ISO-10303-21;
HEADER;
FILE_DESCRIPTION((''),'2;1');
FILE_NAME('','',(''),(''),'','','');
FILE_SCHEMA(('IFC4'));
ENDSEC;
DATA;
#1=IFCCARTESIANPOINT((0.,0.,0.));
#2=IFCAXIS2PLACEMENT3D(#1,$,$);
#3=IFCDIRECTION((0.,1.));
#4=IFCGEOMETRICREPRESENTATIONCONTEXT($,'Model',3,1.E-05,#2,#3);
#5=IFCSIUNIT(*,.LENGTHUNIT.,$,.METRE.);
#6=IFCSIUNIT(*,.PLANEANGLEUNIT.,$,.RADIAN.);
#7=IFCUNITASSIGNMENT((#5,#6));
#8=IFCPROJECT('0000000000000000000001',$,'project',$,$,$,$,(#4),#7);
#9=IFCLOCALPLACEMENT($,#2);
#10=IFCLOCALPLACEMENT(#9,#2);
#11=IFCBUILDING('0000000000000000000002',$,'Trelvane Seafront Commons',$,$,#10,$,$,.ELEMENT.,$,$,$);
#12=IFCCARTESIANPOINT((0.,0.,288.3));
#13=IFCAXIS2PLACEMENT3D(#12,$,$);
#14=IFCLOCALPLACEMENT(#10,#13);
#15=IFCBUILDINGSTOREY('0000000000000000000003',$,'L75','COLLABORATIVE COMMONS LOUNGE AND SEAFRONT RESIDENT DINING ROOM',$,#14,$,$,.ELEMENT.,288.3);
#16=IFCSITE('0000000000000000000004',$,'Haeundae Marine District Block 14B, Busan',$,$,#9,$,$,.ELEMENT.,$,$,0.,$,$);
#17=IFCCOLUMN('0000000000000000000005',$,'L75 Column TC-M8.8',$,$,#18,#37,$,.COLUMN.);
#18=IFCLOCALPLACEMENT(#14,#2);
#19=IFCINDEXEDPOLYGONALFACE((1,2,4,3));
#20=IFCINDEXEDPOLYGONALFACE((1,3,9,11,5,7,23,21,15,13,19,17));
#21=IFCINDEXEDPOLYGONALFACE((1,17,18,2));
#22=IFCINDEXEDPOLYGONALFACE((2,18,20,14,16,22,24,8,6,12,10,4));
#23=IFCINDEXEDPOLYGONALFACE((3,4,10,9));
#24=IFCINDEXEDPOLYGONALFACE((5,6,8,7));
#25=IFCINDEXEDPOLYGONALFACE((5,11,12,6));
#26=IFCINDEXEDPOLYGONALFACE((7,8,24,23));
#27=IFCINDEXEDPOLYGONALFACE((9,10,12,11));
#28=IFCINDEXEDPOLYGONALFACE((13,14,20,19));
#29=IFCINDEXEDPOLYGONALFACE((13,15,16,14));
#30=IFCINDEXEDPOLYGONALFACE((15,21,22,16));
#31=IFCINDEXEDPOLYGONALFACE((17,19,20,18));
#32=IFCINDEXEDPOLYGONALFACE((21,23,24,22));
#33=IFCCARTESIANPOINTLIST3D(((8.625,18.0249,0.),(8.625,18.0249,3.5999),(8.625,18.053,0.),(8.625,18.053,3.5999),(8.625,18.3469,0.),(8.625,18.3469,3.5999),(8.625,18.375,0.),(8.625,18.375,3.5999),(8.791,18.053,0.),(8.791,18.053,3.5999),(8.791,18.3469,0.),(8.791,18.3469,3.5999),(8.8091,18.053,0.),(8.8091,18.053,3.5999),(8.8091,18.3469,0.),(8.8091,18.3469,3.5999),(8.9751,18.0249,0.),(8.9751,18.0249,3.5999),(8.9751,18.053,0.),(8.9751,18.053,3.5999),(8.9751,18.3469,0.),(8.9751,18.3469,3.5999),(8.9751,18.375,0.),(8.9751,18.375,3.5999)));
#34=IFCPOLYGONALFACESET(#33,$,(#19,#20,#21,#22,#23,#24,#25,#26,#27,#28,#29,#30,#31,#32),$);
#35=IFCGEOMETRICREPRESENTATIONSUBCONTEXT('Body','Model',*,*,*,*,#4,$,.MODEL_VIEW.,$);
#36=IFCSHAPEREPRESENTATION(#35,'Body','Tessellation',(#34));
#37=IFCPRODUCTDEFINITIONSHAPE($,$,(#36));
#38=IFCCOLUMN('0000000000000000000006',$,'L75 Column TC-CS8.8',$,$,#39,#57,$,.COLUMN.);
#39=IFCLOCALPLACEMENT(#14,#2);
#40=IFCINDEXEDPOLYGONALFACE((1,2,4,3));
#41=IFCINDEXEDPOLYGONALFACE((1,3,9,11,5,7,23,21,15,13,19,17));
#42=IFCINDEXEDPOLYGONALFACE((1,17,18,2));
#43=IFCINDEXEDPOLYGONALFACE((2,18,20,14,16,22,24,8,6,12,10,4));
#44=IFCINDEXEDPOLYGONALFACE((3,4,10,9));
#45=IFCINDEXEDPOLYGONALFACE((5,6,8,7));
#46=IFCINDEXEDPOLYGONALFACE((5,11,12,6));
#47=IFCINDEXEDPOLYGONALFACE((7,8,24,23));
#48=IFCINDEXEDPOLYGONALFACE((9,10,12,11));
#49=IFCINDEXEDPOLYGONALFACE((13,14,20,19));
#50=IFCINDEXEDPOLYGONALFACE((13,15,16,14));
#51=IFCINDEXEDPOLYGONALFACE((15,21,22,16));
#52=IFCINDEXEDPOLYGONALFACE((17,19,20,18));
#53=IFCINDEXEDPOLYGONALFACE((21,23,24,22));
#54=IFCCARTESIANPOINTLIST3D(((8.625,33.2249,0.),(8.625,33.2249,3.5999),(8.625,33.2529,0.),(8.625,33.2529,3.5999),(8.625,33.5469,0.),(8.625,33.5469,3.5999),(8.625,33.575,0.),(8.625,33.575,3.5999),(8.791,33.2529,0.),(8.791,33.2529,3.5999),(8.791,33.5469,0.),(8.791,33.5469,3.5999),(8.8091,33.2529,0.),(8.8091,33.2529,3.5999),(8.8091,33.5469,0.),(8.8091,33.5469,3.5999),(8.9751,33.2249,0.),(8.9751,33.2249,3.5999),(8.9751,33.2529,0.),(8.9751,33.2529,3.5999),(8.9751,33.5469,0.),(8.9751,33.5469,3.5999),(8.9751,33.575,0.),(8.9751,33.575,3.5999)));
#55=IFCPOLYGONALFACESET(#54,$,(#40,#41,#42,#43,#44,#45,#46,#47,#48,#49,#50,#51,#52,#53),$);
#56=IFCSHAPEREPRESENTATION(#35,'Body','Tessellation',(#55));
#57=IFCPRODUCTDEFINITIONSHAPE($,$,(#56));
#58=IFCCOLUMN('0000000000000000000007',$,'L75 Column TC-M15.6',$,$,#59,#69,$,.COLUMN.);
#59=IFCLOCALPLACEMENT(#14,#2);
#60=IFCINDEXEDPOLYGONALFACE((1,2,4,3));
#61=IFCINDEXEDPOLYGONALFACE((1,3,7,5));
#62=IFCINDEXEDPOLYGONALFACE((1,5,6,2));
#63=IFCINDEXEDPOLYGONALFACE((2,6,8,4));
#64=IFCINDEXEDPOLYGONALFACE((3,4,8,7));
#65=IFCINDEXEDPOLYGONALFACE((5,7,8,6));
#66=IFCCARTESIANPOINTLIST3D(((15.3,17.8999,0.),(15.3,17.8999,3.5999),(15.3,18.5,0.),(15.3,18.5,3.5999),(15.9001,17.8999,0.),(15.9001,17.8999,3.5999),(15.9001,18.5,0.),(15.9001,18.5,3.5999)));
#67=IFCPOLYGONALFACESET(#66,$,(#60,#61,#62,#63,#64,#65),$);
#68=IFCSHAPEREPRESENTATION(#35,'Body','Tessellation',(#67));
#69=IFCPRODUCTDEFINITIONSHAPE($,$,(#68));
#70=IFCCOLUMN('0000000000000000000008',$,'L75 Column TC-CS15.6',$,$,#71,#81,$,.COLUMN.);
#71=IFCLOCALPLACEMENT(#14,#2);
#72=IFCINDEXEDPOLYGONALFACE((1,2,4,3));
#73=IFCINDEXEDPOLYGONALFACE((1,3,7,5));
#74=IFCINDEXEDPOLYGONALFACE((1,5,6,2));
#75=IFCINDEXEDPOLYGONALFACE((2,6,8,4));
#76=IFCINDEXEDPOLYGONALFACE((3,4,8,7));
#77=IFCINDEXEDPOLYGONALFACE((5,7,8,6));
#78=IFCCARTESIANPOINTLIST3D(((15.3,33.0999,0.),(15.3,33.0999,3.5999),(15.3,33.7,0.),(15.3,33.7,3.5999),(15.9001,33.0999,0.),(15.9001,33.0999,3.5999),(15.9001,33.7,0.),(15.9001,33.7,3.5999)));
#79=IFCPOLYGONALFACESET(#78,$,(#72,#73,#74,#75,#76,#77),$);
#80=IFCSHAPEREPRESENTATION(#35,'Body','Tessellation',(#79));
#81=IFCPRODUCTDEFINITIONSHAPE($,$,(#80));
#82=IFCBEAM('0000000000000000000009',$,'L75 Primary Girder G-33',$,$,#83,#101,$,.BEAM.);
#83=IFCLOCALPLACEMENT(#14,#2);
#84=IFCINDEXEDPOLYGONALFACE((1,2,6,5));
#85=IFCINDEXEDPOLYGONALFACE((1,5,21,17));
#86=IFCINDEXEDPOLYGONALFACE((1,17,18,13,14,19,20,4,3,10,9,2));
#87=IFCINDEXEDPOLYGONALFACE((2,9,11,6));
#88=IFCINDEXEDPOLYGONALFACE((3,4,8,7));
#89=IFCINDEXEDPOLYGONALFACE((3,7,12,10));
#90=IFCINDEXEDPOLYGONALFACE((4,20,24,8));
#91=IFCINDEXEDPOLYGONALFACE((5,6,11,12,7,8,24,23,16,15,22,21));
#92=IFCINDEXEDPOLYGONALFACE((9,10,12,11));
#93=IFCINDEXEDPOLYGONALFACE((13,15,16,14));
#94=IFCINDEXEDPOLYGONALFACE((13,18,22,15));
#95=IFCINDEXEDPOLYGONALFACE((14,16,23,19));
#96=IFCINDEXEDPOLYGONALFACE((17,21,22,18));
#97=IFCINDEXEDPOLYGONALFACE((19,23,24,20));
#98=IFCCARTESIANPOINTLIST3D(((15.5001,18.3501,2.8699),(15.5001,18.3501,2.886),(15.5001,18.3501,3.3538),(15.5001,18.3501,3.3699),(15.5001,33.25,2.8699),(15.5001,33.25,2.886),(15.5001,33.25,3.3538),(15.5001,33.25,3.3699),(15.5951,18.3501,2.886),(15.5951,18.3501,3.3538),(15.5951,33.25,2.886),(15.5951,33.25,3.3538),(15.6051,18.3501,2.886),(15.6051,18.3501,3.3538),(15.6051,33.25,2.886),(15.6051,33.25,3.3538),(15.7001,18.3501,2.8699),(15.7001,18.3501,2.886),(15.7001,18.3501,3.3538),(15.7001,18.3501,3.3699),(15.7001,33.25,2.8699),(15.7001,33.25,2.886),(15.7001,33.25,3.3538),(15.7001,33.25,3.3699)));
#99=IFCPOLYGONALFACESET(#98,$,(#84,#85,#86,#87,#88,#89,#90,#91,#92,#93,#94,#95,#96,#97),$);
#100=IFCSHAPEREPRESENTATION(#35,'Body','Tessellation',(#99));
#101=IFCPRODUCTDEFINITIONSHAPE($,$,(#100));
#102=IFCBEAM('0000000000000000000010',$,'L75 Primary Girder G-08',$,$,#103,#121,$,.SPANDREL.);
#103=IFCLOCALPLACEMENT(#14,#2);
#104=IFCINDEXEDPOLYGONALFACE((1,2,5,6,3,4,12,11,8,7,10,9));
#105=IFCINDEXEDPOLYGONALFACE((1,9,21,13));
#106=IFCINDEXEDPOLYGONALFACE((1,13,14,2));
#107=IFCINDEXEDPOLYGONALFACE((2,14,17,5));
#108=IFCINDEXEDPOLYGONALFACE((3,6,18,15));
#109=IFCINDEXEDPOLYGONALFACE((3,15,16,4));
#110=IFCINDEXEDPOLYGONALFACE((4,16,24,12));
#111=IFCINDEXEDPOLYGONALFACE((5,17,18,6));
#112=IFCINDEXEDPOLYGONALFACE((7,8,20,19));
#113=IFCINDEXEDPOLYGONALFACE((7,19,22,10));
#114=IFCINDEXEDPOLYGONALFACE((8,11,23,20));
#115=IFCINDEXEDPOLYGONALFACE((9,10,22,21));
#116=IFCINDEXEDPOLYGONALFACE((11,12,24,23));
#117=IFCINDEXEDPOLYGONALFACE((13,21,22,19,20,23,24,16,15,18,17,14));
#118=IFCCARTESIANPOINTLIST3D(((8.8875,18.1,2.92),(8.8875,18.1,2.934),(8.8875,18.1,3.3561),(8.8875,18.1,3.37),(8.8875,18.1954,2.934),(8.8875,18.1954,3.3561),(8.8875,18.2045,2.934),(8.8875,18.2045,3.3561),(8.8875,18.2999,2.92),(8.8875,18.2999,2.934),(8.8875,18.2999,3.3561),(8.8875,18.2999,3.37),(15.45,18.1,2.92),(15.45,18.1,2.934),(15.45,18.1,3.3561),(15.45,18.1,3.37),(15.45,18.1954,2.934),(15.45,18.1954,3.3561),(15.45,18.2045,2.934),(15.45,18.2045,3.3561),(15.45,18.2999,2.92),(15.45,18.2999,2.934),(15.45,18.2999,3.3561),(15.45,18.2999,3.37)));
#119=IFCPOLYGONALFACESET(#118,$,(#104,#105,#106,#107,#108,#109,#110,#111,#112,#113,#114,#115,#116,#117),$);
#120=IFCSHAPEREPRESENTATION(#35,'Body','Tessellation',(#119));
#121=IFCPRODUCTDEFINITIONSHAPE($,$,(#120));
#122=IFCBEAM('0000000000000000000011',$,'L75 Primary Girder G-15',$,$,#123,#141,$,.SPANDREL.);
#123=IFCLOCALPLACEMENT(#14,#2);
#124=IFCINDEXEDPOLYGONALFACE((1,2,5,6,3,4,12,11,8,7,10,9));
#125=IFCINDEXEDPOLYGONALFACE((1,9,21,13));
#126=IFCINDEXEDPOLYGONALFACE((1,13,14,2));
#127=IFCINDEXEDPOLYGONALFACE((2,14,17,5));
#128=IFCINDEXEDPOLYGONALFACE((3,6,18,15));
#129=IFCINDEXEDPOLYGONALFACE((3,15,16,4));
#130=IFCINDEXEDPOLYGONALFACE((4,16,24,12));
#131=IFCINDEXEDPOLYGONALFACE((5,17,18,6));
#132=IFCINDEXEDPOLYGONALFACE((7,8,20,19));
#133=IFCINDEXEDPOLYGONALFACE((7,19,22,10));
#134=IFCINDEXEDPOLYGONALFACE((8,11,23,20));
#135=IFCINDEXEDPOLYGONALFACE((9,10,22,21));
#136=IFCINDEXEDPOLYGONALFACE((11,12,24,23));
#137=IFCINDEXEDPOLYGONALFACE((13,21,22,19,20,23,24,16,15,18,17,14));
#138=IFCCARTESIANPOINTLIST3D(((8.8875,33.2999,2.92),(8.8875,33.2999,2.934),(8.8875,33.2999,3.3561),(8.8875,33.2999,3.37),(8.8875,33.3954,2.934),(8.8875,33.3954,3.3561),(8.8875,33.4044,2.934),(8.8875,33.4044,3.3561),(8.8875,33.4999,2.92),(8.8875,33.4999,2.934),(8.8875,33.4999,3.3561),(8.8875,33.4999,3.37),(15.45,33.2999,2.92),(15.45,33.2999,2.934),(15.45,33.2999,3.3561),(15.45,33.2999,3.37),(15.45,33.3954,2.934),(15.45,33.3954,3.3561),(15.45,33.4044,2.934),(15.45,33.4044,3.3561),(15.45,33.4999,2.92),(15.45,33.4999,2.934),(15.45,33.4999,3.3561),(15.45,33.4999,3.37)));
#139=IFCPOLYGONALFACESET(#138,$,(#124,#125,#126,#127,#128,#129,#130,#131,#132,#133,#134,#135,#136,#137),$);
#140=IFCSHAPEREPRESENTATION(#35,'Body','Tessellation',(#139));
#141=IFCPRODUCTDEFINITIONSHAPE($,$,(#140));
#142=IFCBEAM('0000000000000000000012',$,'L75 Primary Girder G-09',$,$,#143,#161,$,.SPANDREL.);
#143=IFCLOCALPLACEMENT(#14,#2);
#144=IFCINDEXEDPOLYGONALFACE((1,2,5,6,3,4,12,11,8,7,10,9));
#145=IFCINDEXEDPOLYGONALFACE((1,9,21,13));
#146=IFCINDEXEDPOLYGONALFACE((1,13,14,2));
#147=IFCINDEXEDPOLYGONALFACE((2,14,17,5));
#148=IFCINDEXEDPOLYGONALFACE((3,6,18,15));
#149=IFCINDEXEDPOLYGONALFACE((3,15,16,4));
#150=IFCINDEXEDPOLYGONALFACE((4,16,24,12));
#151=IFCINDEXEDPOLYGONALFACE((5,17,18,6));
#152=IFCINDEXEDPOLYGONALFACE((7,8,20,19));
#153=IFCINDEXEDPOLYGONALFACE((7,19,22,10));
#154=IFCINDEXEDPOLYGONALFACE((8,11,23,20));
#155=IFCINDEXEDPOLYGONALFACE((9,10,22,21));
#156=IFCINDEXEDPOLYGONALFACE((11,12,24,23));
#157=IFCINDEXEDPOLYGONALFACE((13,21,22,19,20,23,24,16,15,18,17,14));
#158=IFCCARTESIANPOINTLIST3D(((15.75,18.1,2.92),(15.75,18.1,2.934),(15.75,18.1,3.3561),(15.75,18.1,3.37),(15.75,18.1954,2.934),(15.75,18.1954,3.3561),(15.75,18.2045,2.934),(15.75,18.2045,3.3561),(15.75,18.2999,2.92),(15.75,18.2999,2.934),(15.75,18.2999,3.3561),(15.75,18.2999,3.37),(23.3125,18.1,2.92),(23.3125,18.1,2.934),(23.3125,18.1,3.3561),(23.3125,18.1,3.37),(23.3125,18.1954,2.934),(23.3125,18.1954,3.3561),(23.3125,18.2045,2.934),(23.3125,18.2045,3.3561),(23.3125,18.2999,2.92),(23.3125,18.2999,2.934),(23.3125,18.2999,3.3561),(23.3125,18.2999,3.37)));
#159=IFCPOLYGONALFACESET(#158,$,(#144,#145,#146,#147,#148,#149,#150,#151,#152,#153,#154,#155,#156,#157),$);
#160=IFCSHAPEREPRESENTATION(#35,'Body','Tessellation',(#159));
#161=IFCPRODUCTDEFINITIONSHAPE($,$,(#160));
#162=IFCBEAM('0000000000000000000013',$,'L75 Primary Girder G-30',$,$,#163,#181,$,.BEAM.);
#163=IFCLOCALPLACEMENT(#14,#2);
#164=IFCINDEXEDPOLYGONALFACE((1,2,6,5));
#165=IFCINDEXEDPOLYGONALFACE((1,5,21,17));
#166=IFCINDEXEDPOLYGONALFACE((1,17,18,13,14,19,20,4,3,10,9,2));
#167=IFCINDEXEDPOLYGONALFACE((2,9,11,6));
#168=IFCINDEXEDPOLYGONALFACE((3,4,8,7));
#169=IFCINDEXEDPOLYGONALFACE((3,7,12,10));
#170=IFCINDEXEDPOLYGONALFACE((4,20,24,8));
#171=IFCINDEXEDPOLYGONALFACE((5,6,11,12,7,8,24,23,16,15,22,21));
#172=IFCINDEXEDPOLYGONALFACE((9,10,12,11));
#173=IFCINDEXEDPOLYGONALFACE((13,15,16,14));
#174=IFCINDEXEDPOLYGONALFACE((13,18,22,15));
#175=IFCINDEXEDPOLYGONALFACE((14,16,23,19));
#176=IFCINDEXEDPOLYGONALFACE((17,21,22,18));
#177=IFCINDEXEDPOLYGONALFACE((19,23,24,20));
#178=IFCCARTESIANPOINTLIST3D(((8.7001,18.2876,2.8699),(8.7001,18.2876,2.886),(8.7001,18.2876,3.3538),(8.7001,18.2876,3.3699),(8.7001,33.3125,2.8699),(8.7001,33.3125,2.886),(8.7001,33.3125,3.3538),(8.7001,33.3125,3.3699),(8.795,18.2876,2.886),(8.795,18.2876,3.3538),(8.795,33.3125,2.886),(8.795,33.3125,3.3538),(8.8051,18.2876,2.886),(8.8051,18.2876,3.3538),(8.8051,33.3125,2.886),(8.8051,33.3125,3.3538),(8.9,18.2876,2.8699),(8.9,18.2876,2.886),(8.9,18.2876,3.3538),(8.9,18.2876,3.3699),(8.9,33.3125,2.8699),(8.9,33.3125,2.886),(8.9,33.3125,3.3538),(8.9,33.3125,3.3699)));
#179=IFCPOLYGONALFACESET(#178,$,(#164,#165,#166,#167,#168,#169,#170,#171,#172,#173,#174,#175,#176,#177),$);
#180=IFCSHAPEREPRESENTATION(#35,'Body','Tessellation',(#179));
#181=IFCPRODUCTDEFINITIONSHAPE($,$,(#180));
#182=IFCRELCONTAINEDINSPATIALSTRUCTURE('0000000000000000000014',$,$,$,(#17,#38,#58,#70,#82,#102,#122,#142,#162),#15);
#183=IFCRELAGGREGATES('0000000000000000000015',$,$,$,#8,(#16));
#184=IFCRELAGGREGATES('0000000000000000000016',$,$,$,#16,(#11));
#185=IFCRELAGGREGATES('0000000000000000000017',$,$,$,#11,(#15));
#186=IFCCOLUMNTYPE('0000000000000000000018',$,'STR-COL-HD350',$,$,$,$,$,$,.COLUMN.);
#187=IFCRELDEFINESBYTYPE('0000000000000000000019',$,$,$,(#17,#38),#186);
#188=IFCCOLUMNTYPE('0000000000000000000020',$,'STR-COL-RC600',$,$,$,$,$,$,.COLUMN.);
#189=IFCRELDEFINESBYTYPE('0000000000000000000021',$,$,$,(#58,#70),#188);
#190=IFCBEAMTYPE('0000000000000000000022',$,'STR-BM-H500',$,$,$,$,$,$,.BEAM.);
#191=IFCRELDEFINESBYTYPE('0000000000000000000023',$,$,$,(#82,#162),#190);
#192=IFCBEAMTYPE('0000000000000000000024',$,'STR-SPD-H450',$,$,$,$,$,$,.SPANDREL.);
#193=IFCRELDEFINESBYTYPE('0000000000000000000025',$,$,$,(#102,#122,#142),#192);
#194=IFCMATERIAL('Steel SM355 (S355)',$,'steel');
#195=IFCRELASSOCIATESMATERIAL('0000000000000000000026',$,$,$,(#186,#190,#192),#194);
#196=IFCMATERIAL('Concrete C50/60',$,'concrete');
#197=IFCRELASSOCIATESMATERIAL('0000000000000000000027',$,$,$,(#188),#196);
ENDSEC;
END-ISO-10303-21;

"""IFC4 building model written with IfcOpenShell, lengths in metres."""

from ifc_helpers import new_model, si_unit, direction, frame, origin, origin_2d, place, context, subcontext, project, spatial, rectangle, i_section, extrude, source, transform, mapped, material, material_profile, profile_set, type_object, element, save


model = new_model("IFC4")

# Units and contexts
model_context = context("Model", 3, precision=1e-05, world=origin(), true_north=direction((0.0, 1.0)))
body_context = subcontext(model_context, "Body", "Model", "MODEL_VIEW")
ifc_project = project(units=[si_unit("LENGTHUNIT", "METRE"), si_unit("PLANEANGLEUNIT", "RADIAN")], contexts=[model_context])

# Site, building, storey
site_placement = place(None, origin())
site = spatial("IfcSite", under=ifc_project, at=site_placement, Name="Haeundae Marine District Block 14B, Busan", CompositionType="ELEMENT", RefElevation=0.0)
building_placement = place(site_placement, origin())
building = spatial("IfcBuilding", under=site, at=building_placement, Name="Trelvane Seafront Commons", CompositionType="ELEMENT")
storey_placement = place(building_placement, frame((0.0, 0.0, 288.3)))
storey = spatial("IfcBuildingStorey", under=building, at=storey_placement, Name="L75", Description="COLLABORATIVE COMMONS LOUNGE AND SEAFRONT RESIDENT DINING ROOM", CompositionType="ELEMENT", Elevation=288.3)

# Columns
ifc_material_1 = material(Name="Steel SM355 (S355)", Category="steel")
ifc_material_profile_1 = material_profile(ifc_material_1, i_section(OverallWidth=0.3501, OverallDepth=0.3501, WebThickness=0.0181, FlangeThickness=0.0281, at=origin_2d()), Name="HD-350x350x18x28")
ifc_profile_set_1 = profile_set([ifc_material_profile_1], Name="Steel SM355 (S355)")
column_type_1 = type_object("IfcColumnType", Name="STR-COL-HD350", PredefinedType="COLUMN", material=ifc_profile_set_1)
shared_shape_1 = source(origin(), body_context, "Body", "SweptSolid", [
    extrude(i_section(OverallWidth=0.3501, OverallDepth=0.3501, WebThickness=0.0181, FlangeThickness=0.0281, at=origin_2d()), origin(), (0.0, 0.0, 1.0), 3.5999),
])
for number, where, z_axis, x_axis, name in (
    (1, (8.8, 18.2, 0.0), (0.0, 0.0, 1.0), (1.0, 0.0, 0.0), "L75 Column TC-M8.8"),
    (2, (8.8, 33.3999, 0.0), (0.0, 0.0, 1.0), (1.0, 0.0, 0.0), "L75 Column TC-CS8.8"),
):
    element("IfcColumn", number, at=place(storey_placement, frame(where, z_axis=z_axis, x_axis=x_axis)), inside=storey, type_object=column_type_1, Name=name, PredefinedType="COLUMN", context=body_context, shape_type="MappedRepresentation", body=[
        mapped(shared_shape_1, transform((0.0, 0.0, 0.0), x_axis=(1.0, 0.0, 0.0), y_axis=(0.0, 1.0, 0.0), z_axis=(0.0, 0.0, 1.0), scale=1.0)),
    ])
ifc_material_2 = material(Name="Concrete C50/60", Category="concrete")
ifc_material_profile_2 = material_profile(ifc_material_2, rectangle(XDim=0.6001, YDim=0.6001, at=origin_2d()), Name="RC-600x600")
ifc_profile_set_2 = profile_set([ifc_material_profile_2], Name="Concrete C50/60")
column_type_2 = type_object("IfcColumnType", Name="STR-COL-RC600", PredefinedType="COLUMN", material=ifc_profile_set_2)
shared_shape_2 = source(origin(), body_context, "Body", "SweptSolid", [
    extrude(rectangle(XDim=0.6001, YDim=0.6001, at=origin_2d()), origin(), (0.0, 0.0, 1.0), 3.5999),
])
for number, where, z_axis, x_axis, name in (
    (3, (15.6001, 18.2, 0.0), (0.0, 0.0, 1.0), (1.0, 0.0, 0.0), "L75 Column TC-M15.6"),
    (4, (15.6001, 33.3999, 0.0), (0.0, 0.0, 1.0), (1.0, 0.0, 0.0), "L75 Column TC-CS15.6"),
):
    element("IfcColumn", number, at=place(storey_placement, frame(where, z_axis=z_axis, x_axis=x_axis)), inside=storey, type_object=column_type_2, Name=name, PredefinedType="COLUMN", context=body_context, shape_type="MappedRepresentation", body=[
        mapped(shared_shape_2, transform((0.0, 0.0, 0.0), x_axis=(1.0, 0.0, 0.0), y_axis=(0.0, 1.0, 0.0), z_axis=(0.0, 0.0, 1.0), scale=1.0)),
    ])

# Beams
ifc_material_profile_3 = material_profile(ifc_material_1, i_section(OverallWidth=0.2, OverallDepth=0.5, WebThickness=0.01, FlangeThickness=0.0161, at=origin_2d()), Name="H-500x200x10x16")
ifc_profile_set_3 = profile_set([ifc_material_profile_3], Name="Steel SM355 (S355)")
beam_type_1 = type_object("IfcBeamType", Name="STR-BM-H500", PredefinedType="BEAM", material=ifc_profile_set_3)
shared_shape_3 = source(origin(), body_context, "Body", "SweptSolid", [
    extrude(i_section(OverallWidth=0.2, OverallDepth=0.5, WebThickness=0.01, FlangeThickness=0.0161, at=origin_2d()), origin(), (0.0, 0.0, 1.0), 14.8999),
])
beam_1_placement = place(storey_placement, frame((15.6001, 18.3501, 3.1199), z_axis=(0.0, 1.0, 0.0), x_axis=(-1.0, 0.0, 0.0)))
element("IfcBeam", 5, at=beam_1_placement, inside=storey, type_object=beam_type_1, Name="L75 Primary Girder G-33", PredefinedType="BEAM", context=body_context, shape_type="MappedRepresentation", body=[
    mapped(shared_shape_3, transform((0.0, 0.0, 0.0), x_axis=(1.0, 0.0, 0.0), y_axis=(0.0, 1.0, 0.0), z_axis=(0.0, 0.0, 1.0), scale=1.0)),
])
ifc_material_profile_4 = material_profile(ifc_material_1, i_section(OverallWidth=0.2, OverallDepth=0.45, WebThickness=0.009, FlangeThickness=0.0139, at=origin_2d()), Name="H-450x200x9x14")
ifc_profile_set_4 = profile_set([ifc_material_profile_4], Name="Steel SM355 (S355)")
beam_type_2 = type_object("IfcBeamType", Name="STR-SPD-H450", PredefinedType="SPANDREL", material=ifc_profile_set_4)
shared_shape_4 = source(origin(), body_context, "Body", "SweptSolid", [
    extrude(i_section(OverallWidth=0.2, OverallDepth=0.45, WebThickness=0.009, FlangeThickness=0.0139, at=origin_2d()), origin(), (0.0, 0.0, 1.0), 6.5625),
])
for number, where, z_axis, x_axis, name in (
    (6, (8.8875, 18.2, 3.145), (1.0, 0.0, 0.0), (0.0, 1.0, 0.0), "L75 Primary Girder G-08"),
    (7, (8.8875, 33.3999, 3.145), (1.0, 0.0, 0.0), (0.0, 1.0, 0.0), "L75 Primary Girder G-15"),
):
    element("IfcBeam", number, at=place(storey_placement, frame(where, z_axis=z_axis, x_axis=x_axis)), inside=storey, type_object=beam_type_2, Name=name, PredefinedType="SPANDREL", context=body_context, shape_type="MappedRepresentation", body=[
        mapped(shared_shape_4, transform((0.0, 0.0, 0.0), x_axis=(1.0, 0.0, 0.0), y_axis=(0.0, 1.0, 0.0), z_axis=(0.0, 0.0, 1.0), scale=1.0)),
    ])
shared_shape_5 = source(origin(), body_context, "Body", "SweptSolid", [
    extrude(i_section(OverallWidth=0.2, OverallDepth=0.45, WebThickness=0.009, FlangeThickness=0.0139, at=origin_2d()), origin(), (0.0, 0.0, 1.0), 7.5625),
])
beam_2_placement = place(storey_placement, frame((15.75, 18.2, 3.145), z_axis=(1.0, 0.0, 0.0), x_axis=(0.0, 1.0, 0.0)))
element("IfcBeam", 8, at=beam_2_placement, inside=storey, type_object=beam_type_2, Name="L75 Primary Girder G-09", PredefinedType="SPANDREL", context=body_context, shape_type="MappedRepresentation", body=[
    mapped(shared_shape_5, transform((0.0, 0.0, 0.0), x_axis=(1.0, 0.0, 0.0), y_axis=(0.0, 1.0, 0.0), z_axis=(0.0, 0.0, 1.0), scale=1.0)),
])
shared_shape_6 = source(origin(), body_context, "Body", "SweptSolid", [
    extrude(i_section(OverallWidth=0.2, OverallDepth=0.5, WebThickness=0.01, FlangeThickness=0.0161, at=origin_2d()), origin(), (0.0, 0.0, 1.0), 15.0249),
])
beam_3_placement = place(storey_placement, frame((8.8, 18.2876, 3.1199), z_axis=(0.0, 1.0, 0.0), x_axis=(-1.0, 0.0, 0.0)))
element("IfcBeam", 9, at=beam_3_placement, inside=storey, type_object=beam_type_1, Name="L75 Primary Girder G-30", PredefinedType="BEAM", context=body_context, shape_type="MappedRepresentation", body=[
    mapped(shared_shape_6, transform((0.0, 0.0, 0.0), x_axis=(1.0, 0.0, 0.0), y_axis=(0.0, 1.0, 0.0), z_axis=(0.0, 0.0, 1.0), scale=1.0)),
])

save(model, "model.ifc")
